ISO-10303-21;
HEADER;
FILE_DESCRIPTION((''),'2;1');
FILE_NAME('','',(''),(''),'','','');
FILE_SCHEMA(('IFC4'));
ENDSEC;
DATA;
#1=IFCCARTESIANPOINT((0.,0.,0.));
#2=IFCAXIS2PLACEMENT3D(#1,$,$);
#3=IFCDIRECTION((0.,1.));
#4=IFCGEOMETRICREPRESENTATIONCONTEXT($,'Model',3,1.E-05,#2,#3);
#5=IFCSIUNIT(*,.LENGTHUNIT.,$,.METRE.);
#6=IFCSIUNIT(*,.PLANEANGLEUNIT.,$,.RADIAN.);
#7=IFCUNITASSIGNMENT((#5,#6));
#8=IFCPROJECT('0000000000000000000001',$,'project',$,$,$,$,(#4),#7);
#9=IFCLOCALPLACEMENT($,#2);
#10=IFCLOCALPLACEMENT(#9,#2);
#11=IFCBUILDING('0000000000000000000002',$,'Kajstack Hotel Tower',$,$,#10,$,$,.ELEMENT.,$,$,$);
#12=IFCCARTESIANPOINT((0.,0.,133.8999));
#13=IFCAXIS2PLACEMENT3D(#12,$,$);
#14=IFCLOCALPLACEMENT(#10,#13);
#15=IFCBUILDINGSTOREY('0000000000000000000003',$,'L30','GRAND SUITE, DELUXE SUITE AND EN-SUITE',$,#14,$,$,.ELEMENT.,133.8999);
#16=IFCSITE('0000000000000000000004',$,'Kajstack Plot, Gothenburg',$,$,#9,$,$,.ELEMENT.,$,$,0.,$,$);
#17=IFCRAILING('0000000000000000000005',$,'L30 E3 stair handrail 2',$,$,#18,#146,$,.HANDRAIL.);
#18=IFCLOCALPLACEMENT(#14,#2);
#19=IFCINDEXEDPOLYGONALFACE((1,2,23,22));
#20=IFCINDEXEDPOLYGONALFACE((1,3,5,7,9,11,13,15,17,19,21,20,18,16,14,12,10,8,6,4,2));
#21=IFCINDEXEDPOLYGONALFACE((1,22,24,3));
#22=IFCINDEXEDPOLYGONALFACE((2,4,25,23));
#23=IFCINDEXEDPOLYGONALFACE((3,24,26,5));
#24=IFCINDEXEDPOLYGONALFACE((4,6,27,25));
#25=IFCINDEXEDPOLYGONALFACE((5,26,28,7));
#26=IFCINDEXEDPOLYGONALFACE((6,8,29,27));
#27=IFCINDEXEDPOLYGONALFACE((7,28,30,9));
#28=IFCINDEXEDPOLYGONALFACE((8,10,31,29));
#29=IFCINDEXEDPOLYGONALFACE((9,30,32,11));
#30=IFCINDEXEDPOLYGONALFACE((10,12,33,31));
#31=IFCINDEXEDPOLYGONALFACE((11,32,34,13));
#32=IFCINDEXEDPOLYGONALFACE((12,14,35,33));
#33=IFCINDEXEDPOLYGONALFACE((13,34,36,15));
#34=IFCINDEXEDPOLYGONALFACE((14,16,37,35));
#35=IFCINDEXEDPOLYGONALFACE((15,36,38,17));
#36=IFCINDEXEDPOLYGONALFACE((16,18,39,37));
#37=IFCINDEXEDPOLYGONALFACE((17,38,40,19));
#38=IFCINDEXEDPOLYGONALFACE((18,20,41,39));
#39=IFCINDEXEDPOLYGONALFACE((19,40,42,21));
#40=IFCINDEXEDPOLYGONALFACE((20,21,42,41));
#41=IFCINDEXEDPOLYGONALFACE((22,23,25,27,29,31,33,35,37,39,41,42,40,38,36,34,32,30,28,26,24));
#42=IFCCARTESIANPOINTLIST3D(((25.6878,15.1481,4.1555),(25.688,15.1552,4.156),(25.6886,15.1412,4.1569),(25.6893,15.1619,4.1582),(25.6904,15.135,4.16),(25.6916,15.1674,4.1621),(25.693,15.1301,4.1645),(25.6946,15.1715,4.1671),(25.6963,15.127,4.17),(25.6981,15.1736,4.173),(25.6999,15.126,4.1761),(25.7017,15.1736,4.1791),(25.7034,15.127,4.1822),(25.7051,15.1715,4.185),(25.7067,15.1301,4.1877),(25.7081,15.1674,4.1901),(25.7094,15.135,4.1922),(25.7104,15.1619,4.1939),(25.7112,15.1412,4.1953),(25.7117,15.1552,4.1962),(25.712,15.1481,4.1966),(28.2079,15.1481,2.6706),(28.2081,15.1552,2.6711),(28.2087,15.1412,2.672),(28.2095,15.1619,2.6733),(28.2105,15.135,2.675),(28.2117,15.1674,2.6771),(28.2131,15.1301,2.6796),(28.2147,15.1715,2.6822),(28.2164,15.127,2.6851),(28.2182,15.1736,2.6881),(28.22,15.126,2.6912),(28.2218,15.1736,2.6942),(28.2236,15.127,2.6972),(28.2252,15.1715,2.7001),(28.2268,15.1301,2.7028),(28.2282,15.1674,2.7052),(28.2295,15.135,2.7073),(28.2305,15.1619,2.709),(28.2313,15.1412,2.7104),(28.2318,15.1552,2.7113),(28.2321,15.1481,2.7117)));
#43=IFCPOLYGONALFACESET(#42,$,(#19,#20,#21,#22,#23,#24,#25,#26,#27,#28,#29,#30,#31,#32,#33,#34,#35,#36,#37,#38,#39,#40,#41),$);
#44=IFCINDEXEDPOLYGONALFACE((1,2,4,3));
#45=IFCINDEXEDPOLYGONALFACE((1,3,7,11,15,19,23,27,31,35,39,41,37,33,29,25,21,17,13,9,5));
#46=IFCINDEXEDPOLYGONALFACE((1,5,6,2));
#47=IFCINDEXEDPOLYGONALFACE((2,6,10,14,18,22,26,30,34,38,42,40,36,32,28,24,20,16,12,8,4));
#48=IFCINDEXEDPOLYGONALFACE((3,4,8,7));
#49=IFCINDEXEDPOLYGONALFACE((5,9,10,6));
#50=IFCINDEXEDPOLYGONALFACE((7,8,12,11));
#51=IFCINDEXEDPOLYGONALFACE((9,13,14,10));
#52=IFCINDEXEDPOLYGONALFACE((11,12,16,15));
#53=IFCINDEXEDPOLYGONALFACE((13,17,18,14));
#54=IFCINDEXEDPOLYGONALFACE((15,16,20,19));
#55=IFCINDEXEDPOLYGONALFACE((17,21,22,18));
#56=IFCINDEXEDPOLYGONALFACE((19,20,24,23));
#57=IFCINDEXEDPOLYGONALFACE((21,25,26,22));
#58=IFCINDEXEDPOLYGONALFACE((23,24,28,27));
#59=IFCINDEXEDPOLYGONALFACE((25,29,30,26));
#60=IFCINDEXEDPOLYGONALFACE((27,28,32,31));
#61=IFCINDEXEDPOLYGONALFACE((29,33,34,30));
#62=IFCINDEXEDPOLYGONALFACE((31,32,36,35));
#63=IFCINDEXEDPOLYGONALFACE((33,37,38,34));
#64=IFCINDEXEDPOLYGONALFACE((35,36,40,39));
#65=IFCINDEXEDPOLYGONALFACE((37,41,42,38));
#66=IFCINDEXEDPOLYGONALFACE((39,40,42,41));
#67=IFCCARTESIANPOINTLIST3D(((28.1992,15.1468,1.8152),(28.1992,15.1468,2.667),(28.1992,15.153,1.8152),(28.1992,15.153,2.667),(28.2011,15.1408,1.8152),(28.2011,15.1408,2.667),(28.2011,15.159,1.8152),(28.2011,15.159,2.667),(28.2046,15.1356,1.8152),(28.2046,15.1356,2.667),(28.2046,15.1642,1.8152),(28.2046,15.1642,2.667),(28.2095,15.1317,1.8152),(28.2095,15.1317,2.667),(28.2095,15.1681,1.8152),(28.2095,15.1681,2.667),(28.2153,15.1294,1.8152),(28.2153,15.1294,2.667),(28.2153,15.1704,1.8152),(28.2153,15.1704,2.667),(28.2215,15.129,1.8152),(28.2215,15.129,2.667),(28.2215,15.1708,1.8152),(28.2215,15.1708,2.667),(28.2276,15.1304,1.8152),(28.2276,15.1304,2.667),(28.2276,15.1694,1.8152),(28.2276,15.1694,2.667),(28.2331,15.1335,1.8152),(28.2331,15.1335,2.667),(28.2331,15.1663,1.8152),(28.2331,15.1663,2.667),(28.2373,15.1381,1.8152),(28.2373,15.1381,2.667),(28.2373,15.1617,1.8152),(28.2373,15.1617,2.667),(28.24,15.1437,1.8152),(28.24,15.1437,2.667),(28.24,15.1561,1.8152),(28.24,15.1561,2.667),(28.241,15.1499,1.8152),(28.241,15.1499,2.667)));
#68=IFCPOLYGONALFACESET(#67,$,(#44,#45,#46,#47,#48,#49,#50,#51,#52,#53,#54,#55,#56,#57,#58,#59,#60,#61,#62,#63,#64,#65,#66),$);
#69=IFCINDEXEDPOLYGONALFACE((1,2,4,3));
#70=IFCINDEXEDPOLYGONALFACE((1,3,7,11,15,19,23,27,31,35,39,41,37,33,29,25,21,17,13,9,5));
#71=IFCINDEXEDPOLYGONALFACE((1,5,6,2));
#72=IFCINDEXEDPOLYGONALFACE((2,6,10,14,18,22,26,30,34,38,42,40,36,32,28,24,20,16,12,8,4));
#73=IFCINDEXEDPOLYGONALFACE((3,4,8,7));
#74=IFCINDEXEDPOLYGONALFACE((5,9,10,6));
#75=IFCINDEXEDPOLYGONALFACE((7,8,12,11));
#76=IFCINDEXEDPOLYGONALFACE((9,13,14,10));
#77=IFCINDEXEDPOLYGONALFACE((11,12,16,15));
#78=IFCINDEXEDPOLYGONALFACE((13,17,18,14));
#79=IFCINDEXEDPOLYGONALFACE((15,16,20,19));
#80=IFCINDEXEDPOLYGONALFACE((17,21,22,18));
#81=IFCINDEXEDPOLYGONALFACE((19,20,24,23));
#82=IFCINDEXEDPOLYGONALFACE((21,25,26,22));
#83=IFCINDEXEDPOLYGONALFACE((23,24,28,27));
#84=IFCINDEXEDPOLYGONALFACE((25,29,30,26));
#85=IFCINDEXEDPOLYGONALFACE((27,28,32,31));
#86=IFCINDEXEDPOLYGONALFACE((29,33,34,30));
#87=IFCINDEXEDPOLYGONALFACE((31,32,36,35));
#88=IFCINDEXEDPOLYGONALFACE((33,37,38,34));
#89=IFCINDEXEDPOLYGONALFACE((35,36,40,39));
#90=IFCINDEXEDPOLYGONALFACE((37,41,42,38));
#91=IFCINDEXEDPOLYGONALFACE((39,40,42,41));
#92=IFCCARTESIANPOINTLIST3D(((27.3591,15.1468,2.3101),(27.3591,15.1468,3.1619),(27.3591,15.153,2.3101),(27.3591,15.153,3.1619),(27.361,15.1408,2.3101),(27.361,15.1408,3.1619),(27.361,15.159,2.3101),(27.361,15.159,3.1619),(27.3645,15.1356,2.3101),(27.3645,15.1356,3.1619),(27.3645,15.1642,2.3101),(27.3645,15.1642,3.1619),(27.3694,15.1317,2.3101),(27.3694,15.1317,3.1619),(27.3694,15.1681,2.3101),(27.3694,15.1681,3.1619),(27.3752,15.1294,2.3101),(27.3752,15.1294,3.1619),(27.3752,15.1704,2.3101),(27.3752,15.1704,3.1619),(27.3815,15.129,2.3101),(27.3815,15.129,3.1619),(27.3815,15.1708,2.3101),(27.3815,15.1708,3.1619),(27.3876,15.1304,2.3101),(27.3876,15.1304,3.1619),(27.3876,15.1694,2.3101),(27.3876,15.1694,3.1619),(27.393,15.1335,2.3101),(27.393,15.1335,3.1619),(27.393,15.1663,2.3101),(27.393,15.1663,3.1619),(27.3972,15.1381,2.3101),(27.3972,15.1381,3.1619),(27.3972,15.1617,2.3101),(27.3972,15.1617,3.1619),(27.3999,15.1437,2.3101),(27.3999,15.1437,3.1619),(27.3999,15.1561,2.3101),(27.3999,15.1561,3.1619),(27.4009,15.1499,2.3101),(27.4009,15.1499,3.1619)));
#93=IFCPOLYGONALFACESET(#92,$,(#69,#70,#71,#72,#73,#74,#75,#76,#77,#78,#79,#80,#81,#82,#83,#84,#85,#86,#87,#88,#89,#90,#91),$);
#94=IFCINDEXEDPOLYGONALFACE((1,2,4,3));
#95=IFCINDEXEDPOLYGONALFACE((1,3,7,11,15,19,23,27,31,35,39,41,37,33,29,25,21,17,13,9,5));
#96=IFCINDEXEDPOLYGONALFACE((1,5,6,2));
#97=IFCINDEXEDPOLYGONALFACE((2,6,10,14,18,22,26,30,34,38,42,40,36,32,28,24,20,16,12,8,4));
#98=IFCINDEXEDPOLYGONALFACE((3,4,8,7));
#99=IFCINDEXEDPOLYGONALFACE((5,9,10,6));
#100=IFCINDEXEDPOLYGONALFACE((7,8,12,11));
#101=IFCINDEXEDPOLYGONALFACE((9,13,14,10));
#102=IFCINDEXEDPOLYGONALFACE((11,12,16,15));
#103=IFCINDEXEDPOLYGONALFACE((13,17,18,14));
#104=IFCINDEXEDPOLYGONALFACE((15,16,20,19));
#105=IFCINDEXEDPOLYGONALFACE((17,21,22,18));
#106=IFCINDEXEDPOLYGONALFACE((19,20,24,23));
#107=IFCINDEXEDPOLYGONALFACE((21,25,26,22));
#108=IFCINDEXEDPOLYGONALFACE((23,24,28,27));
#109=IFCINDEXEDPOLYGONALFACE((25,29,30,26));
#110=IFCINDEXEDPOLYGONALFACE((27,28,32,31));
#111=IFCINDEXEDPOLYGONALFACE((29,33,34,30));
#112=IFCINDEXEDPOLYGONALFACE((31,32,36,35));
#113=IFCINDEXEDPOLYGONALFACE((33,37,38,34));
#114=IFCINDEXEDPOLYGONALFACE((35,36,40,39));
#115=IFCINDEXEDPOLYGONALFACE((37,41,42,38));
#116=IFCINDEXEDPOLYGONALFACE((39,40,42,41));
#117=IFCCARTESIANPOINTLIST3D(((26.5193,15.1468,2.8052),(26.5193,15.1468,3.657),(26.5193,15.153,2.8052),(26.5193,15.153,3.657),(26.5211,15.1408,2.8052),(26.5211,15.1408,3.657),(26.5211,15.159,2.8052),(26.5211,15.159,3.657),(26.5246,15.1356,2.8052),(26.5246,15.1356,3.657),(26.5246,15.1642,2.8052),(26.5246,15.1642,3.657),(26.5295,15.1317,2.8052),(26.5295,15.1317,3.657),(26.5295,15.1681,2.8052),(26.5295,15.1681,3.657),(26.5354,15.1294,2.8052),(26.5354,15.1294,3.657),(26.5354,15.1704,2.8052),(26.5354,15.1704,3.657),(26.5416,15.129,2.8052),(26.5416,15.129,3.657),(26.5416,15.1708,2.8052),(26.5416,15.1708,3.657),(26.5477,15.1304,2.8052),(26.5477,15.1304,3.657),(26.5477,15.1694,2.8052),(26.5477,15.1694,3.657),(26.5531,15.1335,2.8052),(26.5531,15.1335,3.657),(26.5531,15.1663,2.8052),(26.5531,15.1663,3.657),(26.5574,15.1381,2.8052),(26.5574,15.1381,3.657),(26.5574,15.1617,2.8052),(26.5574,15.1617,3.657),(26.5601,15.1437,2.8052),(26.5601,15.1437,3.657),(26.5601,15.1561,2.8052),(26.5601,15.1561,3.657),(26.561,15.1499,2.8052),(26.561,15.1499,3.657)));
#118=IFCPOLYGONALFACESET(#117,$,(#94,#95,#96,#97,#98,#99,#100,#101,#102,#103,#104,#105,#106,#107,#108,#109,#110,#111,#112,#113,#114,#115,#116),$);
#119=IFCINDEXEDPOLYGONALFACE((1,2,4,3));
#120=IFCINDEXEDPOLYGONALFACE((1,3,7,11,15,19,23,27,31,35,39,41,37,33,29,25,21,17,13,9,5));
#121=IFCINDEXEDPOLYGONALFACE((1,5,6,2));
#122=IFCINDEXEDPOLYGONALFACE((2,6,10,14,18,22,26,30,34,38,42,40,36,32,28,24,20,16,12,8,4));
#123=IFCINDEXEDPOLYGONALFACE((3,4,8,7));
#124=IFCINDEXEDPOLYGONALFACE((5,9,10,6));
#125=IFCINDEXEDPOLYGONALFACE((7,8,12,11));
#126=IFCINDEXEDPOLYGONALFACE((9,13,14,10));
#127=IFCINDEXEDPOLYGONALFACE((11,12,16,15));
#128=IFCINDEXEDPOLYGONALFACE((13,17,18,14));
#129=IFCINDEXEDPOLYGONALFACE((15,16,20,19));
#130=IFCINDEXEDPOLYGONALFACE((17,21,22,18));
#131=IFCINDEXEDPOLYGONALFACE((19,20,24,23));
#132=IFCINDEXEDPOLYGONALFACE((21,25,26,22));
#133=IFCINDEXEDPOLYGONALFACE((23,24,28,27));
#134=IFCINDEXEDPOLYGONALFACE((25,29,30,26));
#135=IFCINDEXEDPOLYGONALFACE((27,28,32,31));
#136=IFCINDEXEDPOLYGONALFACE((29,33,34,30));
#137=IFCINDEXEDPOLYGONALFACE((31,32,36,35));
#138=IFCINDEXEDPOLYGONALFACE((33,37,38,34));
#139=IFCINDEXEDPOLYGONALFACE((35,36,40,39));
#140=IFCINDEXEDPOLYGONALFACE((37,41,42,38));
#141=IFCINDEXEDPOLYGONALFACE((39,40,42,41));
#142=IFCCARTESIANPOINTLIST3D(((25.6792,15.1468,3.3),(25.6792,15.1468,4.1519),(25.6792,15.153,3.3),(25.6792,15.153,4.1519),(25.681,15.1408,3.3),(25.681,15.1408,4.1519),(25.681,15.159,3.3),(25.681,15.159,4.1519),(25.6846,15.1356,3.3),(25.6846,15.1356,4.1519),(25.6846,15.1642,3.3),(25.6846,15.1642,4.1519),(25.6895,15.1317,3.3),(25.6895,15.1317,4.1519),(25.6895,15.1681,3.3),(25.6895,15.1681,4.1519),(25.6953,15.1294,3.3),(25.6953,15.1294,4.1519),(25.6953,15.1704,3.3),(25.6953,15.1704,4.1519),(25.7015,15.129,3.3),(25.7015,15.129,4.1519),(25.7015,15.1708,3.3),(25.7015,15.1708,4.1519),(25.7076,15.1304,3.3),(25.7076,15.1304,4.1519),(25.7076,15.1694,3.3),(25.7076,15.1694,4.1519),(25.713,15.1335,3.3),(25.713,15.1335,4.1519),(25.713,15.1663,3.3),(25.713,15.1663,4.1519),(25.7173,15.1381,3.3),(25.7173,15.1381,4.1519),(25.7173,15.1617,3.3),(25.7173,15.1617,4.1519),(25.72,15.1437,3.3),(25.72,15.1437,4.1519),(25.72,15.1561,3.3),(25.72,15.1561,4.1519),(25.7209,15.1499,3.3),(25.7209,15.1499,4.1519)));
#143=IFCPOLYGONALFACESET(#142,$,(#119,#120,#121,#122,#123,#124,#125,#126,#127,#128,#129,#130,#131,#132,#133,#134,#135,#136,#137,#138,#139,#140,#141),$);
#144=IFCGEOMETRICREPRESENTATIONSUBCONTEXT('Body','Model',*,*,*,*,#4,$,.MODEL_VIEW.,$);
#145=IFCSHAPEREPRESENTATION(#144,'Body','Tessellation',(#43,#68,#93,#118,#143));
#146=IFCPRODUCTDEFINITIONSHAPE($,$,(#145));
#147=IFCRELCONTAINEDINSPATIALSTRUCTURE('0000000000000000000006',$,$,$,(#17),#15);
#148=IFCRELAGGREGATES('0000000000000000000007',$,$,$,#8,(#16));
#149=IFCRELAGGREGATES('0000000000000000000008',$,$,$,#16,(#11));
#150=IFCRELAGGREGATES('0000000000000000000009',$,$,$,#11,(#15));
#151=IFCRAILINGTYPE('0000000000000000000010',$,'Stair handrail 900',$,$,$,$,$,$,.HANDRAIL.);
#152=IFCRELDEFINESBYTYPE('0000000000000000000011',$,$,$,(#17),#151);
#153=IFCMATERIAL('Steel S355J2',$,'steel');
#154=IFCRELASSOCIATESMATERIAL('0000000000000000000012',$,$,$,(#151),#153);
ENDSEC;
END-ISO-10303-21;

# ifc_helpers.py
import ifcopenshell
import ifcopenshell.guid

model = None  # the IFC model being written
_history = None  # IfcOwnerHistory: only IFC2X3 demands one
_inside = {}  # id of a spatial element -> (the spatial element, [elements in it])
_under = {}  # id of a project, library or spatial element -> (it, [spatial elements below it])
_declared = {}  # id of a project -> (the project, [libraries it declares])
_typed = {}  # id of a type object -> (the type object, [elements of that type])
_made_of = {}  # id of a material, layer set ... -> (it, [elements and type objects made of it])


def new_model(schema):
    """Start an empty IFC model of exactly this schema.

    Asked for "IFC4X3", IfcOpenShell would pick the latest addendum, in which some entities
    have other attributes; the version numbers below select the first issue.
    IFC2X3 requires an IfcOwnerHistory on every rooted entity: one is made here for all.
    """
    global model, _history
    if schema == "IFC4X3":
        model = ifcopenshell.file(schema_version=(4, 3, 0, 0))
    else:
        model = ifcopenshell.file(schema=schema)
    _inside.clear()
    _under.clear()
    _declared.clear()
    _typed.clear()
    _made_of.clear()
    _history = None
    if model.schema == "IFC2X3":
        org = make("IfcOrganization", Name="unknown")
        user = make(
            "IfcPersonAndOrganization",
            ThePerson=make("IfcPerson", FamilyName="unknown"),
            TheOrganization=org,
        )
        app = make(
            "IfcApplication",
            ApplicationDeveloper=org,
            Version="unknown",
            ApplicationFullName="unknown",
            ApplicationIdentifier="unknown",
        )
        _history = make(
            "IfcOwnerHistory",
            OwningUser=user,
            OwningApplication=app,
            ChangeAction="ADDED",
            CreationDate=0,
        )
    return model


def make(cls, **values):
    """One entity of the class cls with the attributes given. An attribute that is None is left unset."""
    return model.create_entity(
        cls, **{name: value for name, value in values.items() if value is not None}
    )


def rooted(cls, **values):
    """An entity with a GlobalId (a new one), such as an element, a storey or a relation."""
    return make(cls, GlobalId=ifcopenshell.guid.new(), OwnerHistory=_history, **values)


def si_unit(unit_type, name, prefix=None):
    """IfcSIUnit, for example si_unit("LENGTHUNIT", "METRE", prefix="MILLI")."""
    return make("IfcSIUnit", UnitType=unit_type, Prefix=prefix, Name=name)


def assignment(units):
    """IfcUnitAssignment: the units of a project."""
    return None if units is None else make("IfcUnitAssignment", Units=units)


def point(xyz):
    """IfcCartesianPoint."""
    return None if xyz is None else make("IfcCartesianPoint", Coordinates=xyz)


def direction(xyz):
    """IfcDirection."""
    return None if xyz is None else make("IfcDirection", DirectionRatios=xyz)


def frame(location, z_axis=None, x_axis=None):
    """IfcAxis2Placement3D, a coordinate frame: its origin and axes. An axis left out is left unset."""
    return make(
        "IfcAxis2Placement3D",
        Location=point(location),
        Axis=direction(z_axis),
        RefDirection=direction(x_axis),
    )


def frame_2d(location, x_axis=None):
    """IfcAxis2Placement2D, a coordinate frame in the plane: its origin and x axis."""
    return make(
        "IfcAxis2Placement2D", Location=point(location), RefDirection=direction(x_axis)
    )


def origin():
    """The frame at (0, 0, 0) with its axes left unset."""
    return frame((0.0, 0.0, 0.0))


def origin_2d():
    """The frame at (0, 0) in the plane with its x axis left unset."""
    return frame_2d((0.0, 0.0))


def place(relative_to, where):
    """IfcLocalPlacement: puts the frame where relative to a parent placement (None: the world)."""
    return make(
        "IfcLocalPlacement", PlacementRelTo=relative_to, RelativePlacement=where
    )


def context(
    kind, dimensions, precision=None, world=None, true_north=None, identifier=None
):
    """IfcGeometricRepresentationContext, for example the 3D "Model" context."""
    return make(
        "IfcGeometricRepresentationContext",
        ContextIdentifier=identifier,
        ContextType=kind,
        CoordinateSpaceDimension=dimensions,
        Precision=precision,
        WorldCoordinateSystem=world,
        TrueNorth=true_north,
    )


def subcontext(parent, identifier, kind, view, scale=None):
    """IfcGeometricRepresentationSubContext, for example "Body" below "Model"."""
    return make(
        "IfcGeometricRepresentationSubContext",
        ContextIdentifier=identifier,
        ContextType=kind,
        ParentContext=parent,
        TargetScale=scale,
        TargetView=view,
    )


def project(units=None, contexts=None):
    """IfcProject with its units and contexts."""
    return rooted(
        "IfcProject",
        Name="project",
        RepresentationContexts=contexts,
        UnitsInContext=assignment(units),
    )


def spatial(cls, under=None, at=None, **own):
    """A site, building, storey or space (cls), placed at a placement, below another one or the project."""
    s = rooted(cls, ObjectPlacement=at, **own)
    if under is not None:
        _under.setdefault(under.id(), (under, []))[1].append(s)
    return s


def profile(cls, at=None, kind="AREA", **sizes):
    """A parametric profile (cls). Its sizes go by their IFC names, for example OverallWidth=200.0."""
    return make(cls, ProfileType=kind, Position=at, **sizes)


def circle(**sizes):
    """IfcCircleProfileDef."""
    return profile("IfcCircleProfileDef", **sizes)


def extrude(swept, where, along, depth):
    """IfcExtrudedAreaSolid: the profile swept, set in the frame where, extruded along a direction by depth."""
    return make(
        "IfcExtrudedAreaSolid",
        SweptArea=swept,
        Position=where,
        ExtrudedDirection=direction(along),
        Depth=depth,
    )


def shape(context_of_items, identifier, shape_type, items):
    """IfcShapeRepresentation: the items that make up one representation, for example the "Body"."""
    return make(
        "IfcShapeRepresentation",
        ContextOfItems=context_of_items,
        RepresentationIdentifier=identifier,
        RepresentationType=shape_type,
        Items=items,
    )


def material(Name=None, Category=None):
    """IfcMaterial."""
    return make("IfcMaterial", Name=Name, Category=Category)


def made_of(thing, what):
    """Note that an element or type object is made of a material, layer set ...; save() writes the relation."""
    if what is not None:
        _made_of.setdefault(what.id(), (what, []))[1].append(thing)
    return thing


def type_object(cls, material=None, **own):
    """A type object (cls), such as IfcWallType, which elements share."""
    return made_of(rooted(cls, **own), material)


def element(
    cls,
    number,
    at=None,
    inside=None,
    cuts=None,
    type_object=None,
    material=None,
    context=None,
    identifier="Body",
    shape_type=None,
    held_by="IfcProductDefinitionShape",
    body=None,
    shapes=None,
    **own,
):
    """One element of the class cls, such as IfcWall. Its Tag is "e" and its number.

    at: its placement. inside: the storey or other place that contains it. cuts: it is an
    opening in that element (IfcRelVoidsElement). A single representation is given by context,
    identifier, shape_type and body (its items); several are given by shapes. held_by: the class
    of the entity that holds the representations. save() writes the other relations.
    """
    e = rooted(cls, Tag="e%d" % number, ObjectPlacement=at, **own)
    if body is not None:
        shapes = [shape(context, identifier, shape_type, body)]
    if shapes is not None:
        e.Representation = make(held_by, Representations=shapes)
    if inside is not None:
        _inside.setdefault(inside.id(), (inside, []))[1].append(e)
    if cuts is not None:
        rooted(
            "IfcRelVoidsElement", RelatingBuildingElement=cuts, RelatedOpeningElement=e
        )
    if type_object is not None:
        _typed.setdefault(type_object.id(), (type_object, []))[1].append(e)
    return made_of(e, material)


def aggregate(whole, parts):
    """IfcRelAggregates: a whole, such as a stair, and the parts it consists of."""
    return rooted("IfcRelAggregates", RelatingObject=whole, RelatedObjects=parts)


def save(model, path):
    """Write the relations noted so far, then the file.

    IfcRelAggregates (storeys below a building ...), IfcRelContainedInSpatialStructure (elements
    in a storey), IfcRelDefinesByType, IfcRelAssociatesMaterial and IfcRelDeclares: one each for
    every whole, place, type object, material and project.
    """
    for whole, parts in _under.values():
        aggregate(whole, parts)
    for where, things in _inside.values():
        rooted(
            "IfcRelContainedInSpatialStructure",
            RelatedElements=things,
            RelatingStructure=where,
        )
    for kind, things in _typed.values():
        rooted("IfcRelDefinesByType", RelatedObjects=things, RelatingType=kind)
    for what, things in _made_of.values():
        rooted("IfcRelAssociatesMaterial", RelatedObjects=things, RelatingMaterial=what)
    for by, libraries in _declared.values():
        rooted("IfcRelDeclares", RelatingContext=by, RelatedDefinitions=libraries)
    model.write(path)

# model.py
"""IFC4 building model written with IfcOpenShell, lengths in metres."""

from ifc_helpers import new_model, si_unit, direction, frame, origin, origin_2d, place, context, subcontext, project, spatial, circle, extrude, material, type_object, element, save


model = new_model("IFC4")

# Units and contexts
model_context = context("Model", 3, precision=1e-05, world=origin(), true_north=direction((0.0, 1.0)))
body_context = subcontext(model_context, "Body", "Model", "MODEL_VIEW")
ifc_project = project(units=[si_unit("LENGTHUNIT", "METRE"), si_unit("PLANEANGLEUNIT", "RADIAN")], contexts=[model_context])

# Site, building, storey
site_placement = place(None, origin())
site = spatial("IfcSite", under=ifc_project, at=site_placement, Name="Kajstack Plot, Gothenburg", CompositionType="ELEMENT", RefElevation=0.0)
building_placement = place(site_placement, origin())
building = spatial("IfcBuilding", under=site, at=building_placement, Name="Kajstack Hotel Tower", CompositionType="ELEMENT")
storey_placement = place(building_placement, frame((0.0, 0.0, 133.8999)))
storey = spatial("IfcBuildingStorey", under=building, at=storey_placement, Name="L30", Description="GRAND SUITE, DELUXE SUITE AND EN-SUITE", CompositionType="ELEMENT", Elevation=133.8999)

# Railing
ifc_material_1 = material(Name="Steel S355J2", Category="steel")
railing_type_1 = type_object("IfcRailingType", Name="Stair handrail 900", PredefinedType="HANDRAIL", material=ifc_material_1)
railing_1_placement = place(storey_placement, frame((28.22, 15.1499, 1.8152)))
element("IfcRailing", 1, at=railing_1_placement, inside=storey, type_object=railing_type_1, Name="L30 E3 stair handrail 2", PredefinedType="HANDRAIL", context=body_context, shape_type="SweptSolid", body=[
    extrude(circle(Radius=0.0239, at=origin_2d()), frame((0.0, 0.0, 0.876), z_axis=(-0.861561, 0.0, 0.507655), x_axis=(0.0, -1.0, 0.0)), (0.0, 0.0, 1.0), 2.925),
    extrude(circle(Radius=0.021, at=origin_2d()), origin(), (0.0, 0.0, 1.0), 0.8518),
    extrude(circle(Radius=0.021, at=origin_2d()), frame((-0.8401, 0.0, 0.4949)), (0.0, 0.0, 1.0), 0.8518),
    extrude(circle(Radius=0.021, at=origin_2d()), frame((-1.6799, 0.0, 0.99)), (0.0, 0.0, 1.0), 0.8518),
    extrude(circle(Radius=0.021, at=origin_2d()), frame((-2.52, 0.0, 1.4849)), (0.0, 0.0, 1.0), 0.8518),
])

save(model, "model.ifc")
